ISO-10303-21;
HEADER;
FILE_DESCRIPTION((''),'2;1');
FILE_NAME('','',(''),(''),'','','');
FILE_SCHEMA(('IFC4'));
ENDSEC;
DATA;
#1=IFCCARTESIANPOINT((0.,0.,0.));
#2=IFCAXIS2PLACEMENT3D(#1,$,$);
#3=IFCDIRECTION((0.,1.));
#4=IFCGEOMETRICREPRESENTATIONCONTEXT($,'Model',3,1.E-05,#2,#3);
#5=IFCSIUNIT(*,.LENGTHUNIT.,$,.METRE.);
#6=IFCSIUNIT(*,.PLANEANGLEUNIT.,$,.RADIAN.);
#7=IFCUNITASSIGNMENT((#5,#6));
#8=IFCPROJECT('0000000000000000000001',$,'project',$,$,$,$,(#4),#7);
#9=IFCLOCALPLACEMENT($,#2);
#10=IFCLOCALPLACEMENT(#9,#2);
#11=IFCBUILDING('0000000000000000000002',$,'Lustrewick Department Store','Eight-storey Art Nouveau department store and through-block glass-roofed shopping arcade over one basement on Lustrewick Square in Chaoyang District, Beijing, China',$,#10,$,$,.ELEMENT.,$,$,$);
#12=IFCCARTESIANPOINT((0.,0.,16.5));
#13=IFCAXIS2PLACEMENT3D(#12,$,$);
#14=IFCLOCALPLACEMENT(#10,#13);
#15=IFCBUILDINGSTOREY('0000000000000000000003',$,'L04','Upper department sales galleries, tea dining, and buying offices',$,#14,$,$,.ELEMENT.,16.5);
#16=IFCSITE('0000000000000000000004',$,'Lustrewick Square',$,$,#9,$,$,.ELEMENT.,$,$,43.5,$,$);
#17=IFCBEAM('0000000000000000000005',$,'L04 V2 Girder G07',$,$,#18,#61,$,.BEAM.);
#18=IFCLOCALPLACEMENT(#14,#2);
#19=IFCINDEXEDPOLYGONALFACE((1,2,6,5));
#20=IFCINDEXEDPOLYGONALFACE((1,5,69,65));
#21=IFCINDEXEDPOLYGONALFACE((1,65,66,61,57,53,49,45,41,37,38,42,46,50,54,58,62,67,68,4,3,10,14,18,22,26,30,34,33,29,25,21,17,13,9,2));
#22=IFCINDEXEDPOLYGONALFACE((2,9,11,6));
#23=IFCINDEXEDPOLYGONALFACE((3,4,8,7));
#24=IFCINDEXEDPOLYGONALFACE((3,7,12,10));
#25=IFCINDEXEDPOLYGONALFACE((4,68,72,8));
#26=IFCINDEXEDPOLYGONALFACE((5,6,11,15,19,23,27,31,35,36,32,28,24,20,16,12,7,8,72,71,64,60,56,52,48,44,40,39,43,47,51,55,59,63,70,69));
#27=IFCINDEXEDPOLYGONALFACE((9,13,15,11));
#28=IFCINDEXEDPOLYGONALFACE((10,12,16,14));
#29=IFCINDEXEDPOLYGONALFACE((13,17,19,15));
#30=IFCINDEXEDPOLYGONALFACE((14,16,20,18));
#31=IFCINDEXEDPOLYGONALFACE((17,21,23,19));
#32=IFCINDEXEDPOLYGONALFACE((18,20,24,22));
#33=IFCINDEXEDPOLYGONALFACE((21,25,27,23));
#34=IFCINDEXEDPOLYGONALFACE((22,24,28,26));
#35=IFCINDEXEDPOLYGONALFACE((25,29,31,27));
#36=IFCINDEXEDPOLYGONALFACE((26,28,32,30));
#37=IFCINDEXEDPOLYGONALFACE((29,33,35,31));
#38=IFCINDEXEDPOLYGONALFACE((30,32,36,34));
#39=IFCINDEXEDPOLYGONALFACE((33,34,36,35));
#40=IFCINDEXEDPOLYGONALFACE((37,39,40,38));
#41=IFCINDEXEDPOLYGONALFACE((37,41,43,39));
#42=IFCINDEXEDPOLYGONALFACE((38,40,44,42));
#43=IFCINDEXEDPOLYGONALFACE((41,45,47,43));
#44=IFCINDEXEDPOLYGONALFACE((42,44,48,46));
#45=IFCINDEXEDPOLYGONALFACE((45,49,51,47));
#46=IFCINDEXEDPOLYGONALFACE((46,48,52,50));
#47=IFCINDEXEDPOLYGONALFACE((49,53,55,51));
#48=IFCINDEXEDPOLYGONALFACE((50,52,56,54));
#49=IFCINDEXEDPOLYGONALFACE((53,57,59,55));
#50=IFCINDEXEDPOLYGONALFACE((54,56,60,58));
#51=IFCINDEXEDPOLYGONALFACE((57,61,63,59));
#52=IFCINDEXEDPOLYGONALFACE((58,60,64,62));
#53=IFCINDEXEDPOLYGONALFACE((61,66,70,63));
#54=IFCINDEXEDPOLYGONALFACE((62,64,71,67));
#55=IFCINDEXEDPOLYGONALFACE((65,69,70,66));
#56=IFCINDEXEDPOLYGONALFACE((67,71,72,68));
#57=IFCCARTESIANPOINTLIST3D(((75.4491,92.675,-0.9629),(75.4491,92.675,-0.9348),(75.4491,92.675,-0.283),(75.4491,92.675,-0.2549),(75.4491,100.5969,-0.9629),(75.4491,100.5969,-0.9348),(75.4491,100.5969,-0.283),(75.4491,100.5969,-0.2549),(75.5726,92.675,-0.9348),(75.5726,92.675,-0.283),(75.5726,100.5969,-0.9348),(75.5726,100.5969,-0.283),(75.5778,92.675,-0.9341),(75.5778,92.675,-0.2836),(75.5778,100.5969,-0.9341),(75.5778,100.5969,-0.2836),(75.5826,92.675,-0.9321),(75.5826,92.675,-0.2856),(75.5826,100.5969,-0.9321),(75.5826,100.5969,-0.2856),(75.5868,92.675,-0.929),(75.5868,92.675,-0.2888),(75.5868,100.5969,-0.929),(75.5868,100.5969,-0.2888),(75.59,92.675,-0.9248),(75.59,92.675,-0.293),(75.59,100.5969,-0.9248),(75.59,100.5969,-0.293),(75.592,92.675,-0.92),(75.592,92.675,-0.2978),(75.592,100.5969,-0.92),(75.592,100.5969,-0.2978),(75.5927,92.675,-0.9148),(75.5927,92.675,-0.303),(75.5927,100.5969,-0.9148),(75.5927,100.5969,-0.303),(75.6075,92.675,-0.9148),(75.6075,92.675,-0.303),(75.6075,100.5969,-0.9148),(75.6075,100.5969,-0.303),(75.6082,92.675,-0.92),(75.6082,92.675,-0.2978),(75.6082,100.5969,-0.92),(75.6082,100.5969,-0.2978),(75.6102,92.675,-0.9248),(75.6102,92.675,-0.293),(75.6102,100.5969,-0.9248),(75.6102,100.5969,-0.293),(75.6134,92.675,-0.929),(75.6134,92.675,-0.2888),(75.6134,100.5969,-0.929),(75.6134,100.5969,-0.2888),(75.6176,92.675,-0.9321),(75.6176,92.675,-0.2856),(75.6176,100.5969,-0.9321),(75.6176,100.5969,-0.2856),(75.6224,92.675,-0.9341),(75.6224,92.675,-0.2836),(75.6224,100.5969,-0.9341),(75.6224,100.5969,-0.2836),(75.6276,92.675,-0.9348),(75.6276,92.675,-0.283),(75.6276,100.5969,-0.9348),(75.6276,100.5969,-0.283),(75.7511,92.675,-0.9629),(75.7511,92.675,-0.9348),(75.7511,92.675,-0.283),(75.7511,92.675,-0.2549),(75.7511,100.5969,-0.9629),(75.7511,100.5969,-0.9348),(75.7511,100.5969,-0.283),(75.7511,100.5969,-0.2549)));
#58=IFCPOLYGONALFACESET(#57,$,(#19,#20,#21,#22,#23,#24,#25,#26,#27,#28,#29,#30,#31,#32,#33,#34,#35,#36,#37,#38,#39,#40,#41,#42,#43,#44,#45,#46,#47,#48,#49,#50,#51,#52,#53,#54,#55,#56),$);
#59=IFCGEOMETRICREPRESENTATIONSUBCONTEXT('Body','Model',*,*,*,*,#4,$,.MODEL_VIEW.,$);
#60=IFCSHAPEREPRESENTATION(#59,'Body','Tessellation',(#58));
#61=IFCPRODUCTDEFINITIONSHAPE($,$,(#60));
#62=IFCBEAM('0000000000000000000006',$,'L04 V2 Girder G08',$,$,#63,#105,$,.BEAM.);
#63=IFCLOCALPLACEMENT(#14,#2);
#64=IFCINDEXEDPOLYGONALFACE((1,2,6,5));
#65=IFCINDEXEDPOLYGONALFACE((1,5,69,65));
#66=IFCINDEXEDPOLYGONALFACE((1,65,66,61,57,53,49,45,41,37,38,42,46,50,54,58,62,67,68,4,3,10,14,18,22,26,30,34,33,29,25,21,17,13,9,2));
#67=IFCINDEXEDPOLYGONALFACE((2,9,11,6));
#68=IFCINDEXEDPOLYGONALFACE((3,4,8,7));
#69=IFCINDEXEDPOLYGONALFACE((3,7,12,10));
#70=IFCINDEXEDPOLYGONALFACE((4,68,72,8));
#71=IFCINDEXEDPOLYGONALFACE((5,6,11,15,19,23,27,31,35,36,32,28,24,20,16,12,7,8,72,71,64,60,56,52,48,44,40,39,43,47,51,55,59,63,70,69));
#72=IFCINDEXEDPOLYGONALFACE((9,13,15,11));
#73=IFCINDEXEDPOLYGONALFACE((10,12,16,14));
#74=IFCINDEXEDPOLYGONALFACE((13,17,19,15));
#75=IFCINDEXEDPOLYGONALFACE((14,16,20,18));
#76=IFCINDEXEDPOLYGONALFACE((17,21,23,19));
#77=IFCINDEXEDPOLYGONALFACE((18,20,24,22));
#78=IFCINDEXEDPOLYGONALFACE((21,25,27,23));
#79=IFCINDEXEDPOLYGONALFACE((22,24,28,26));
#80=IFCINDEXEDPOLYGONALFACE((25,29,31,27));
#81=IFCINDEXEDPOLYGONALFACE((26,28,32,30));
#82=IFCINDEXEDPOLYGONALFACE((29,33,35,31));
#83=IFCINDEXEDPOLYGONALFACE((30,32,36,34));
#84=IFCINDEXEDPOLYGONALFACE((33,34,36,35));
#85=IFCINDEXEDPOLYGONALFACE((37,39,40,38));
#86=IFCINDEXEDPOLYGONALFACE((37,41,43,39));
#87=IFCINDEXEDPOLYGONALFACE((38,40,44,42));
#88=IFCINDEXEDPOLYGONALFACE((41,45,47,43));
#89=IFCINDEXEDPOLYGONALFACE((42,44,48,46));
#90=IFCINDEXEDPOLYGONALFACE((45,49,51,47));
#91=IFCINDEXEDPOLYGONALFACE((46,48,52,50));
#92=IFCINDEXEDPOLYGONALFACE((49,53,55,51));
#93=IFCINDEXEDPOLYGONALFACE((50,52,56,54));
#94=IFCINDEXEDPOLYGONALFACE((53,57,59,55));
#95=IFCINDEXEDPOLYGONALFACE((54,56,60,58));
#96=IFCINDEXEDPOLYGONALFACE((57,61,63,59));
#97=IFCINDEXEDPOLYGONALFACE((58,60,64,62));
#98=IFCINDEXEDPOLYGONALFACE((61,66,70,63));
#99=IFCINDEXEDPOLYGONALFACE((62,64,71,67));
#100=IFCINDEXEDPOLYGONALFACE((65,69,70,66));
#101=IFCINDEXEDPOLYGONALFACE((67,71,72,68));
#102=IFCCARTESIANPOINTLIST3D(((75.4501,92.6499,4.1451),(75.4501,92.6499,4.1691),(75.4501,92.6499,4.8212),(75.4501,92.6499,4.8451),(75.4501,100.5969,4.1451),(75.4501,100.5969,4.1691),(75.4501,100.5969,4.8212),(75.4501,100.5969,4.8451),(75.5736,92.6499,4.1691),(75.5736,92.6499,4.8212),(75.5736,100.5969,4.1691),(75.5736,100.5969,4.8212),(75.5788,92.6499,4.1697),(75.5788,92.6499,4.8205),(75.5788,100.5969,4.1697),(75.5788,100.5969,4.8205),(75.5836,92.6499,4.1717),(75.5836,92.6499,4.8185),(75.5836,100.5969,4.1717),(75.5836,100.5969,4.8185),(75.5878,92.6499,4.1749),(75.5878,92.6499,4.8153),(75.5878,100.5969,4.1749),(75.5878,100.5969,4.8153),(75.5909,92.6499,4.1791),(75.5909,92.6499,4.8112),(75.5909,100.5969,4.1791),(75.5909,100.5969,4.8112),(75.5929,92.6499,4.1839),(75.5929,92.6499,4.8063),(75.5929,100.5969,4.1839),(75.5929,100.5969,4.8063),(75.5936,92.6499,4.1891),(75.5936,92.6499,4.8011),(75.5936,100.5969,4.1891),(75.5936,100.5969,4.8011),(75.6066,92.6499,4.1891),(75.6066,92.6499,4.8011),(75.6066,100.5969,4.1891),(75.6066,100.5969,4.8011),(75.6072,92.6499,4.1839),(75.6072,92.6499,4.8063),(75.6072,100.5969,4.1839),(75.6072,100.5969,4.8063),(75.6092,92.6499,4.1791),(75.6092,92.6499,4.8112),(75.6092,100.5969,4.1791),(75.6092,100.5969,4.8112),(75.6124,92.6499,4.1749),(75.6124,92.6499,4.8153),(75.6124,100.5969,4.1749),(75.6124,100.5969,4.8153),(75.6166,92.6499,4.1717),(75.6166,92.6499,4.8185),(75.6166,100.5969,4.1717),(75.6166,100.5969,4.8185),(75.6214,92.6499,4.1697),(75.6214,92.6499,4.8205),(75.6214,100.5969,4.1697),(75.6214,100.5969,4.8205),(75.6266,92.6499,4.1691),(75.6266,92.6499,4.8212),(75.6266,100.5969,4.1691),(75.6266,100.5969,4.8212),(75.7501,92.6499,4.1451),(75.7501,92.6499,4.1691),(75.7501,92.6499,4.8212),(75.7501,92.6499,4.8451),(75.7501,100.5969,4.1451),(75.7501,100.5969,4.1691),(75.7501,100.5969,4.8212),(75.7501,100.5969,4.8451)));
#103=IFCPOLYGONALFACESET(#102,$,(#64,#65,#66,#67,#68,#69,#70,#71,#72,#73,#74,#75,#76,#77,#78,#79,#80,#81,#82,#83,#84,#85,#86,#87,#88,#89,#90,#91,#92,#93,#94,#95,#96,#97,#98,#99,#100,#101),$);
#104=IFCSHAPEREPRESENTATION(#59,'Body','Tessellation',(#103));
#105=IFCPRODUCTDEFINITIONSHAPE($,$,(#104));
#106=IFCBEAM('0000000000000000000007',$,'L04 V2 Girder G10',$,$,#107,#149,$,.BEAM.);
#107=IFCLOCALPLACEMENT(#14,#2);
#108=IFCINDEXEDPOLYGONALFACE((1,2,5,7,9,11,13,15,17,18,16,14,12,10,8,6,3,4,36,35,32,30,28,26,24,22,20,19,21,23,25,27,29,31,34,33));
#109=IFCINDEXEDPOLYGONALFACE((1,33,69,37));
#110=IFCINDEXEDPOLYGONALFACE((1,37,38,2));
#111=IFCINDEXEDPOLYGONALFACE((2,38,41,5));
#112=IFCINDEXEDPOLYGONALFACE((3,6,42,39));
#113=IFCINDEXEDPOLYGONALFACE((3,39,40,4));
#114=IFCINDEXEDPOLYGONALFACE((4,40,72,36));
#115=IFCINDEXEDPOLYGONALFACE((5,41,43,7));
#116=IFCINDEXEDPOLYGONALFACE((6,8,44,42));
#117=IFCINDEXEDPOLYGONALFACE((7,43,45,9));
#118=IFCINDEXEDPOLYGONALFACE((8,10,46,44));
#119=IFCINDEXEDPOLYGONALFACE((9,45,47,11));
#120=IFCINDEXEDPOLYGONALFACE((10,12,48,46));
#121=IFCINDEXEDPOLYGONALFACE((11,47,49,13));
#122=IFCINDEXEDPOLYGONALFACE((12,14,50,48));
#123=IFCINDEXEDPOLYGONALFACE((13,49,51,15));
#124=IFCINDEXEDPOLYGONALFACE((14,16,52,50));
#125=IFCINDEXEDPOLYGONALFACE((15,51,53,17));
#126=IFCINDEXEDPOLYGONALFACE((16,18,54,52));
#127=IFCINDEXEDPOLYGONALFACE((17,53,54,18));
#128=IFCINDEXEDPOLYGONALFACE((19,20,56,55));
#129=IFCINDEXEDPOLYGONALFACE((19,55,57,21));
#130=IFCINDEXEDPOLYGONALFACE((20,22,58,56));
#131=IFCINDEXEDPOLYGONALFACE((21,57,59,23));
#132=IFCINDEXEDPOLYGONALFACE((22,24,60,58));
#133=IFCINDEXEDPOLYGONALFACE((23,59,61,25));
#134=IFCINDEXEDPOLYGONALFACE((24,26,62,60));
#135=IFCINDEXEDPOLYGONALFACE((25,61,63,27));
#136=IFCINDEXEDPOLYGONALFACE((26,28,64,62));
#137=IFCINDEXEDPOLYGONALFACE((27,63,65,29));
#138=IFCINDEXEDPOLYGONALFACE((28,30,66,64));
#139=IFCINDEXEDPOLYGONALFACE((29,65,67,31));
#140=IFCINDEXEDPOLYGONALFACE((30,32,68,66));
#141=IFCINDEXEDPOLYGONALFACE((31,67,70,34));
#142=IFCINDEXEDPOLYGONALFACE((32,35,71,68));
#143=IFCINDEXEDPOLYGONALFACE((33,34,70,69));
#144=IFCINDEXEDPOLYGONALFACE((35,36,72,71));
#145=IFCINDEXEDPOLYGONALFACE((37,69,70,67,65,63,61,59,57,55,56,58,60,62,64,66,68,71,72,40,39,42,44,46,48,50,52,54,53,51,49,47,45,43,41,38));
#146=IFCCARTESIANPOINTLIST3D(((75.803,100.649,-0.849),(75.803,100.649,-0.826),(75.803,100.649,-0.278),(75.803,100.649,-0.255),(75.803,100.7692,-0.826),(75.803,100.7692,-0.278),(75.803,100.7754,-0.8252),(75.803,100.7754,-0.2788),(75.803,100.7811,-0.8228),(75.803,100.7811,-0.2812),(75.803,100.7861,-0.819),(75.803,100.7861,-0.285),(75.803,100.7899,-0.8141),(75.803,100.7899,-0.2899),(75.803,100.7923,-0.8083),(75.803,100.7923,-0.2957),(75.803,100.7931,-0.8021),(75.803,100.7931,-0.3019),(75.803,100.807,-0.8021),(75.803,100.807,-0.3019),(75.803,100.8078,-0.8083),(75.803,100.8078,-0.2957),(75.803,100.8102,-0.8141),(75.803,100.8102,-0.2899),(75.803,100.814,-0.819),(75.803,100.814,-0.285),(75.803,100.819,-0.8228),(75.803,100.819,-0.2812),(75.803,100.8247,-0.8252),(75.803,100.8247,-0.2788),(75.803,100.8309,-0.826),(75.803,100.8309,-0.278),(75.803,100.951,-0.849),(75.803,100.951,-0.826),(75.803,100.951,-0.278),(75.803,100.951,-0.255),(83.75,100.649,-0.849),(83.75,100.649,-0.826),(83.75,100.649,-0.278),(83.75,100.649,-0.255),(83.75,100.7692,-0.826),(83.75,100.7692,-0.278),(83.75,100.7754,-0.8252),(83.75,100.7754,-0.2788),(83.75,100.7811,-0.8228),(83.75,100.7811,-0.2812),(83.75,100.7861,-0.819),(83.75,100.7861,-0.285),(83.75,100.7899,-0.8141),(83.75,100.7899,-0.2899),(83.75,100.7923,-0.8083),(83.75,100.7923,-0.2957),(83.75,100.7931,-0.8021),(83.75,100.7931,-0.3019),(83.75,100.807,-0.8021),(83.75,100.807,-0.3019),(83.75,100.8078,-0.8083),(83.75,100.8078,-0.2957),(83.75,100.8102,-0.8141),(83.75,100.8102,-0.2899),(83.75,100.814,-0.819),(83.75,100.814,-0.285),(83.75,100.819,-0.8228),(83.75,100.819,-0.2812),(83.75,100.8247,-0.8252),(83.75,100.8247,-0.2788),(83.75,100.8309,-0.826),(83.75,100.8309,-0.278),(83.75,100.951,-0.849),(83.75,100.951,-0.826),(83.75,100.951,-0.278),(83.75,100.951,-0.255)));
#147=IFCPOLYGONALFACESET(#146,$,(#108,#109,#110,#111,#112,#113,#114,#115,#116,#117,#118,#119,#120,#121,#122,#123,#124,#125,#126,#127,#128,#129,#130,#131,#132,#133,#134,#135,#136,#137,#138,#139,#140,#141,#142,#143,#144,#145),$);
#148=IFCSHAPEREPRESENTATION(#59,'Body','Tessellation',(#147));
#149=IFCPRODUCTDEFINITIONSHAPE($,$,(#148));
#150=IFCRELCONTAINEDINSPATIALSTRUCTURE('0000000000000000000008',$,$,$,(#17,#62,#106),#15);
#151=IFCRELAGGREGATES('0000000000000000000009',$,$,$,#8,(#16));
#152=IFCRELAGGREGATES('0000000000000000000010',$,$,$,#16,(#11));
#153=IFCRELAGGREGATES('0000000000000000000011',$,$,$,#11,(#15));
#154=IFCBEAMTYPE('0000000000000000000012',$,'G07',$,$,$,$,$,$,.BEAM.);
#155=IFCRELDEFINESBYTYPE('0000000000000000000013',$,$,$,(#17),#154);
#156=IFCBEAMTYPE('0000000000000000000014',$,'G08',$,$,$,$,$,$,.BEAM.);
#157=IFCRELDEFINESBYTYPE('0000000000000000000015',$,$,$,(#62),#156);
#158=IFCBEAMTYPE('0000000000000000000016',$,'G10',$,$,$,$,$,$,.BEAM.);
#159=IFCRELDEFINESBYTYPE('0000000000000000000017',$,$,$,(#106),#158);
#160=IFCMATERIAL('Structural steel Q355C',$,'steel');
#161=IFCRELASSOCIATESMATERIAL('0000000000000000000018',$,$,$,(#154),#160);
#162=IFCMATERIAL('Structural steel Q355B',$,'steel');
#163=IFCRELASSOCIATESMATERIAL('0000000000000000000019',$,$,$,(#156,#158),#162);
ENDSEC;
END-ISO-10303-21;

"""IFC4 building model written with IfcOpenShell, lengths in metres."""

from ifc_helpers import new_model, si_unit, direction, frame, origin, origin_2d, place, context, subcontext, project, spatial, i_section, extrude, material, material_profile, profile_set, type_object, element, save


model = new_model("IFC4")

# Units and contexts
model_context = context("Model", 3, precision=1e-05, world=origin(), true_north=direction((0.0, 1.0)))
body_context = subcontext(model_context, "Body", "Model", "MODEL_VIEW")
ifc_project = project(units=[si_unit("LENGTHUNIT", "METRE"), si_unit("PLANEANGLEUNIT", "RADIAN")], contexts=[model_context])

# Site, building, storey
site_placement = place(None, origin())
site = spatial("IfcSite", under=ifc_project, at=site_placement, Name="Lustrewick Square", CompositionType="ELEMENT", RefElevation=43.5)
building_placement = place(site_placement, origin())
building = spatial("IfcBuilding", under=site, at=building_placement, Name="Lustrewick Department Store", Description="Eight-storey Art Nouveau department store and through-block glass-roofed shopping arcade over one basement on Lustrewick Square in Chaoyang District, Beijing, China", CompositionType="ELEMENT")
storey_placement = place(building_placement, frame((0.0, 0.0, 16.5)))
storey = spatial("IfcBuildingStorey", under=building, at=storey_placement, Name="L04", Description="Upper department sales galleries, tea dining, and buying offices", CompositionType="ELEMENT", Elevation=16.5)

# Shared definitions
ifc_material_1 = material(Name="Structural steel Q355B", Category="steel")
ifc_material_2 = material(Name="Structural steel Q355C", Category="steel")

# Beams
ifc_material_profile_1 = material_profile(ifc_material_2, i_section(OverallWidth=0.302, OverallDepth=0.708, WebThickness=0.0149, FlangeThickness=0.0281, FilletRadius=0.02, at=origin_2d()), Name="HN 708x302x15x28")
ifc_profile_set_1 = profile_set([ifc_material_profile_1], Name="Structural steel Q355C")
beam_type_1 = type_object("IfcBeamType", Name="G07", PredefinedType="BEAM", material=ifc_profile_set_1)
beam_1_placement = place(storey_placement, frame((75.6001, 92.675, -0.6089), z_axis=(0.0, 1.0, 0.0), x_axis=(-1.0, 0.0, 0.0)))
element("IfcBeam", 1, at=beam_1_placement, inside=storey, type_object=beam_type_1, Name="L04 V2 Girder G07", PredefinedType="BEAM", context=body_context, shape_type="SweptSolid", body=[
    extrude(i_section(OverallWidth=0.302, OverallDepth=0.708, WebThickness=0.0149, FlangeThickness=0.0281, FilletRadius=0.02, at=origin_2d()), origin(), (0.0, 0.0, 1.0), 7.9219),
])
ifc_material_profile_2 = material_profile(ifc_material_1, i_section(OverallWidth=0.3, OverallDepth=0.7, WebThickness=0.0129, FlangeThickness=0.0239, FilletRadius=0.02, at=origin_2d()), Name="HN 700x300x13x24")
ifc_profile_set_2 = profile_set([ifc_material_profile_2], Name="Structural steel Q355B")
beam_type_2 = type_object("IfcBeamType", Name="G08", PredefinedType="BEAM", material=ifc_profile_set_2)
beam_2_placement = place(storey_placement, frame((75.6001, 92.6499, 4.4951), z_axis=(0.0, 1.0, 0.0), x_axis=(-1.0, 0.0, 0.0)))
element("IfcBeam", 2, at=beam_2_placement, inside=storey, type_object=beam_type_2, Name="L04 V2 Girder G08", PredefinedType="BEAM", context=body_context, shape_type="SweptSolid", body=[
    extrude(i_section(OverallWidth=0.3, OverallDepth=0.7, WebThickness=0.0129, FlangeThickness=0.0239, FilletRadius=0.02, at=origin_2d()), origin(), (0.0, 0.0, 1.0), 7.947),
])
ifc_material_profile_3 = material_profile(ifc_material_1, i_section(OverallWidth=0.302, OverallDepth=0.594, WebThickness=0.0139, FlangeThickness=0.0229, FilletRadius=0.0239, at=origin_2d()), Name="HM 594x302x14x23")
ifc_profile_set_3 = profile_set([ifc_material_profile_3], Name="Structural steel Q355B")
beam_type_3 = type_object("IfcBeamType", Name="G10", PredefinedType="BEAM", material=ifc_profile_set_3)
beam_3_placement = place(storey_placement, frame((75.803, 100.8, -0.552), z_axis=(1.0, 0.0, 0.0), x_axis=(0.0, 1.0, 0.0)))
element("IfcBeam", 3, at=beam_3_placement, inside=storey, type_object=beam_type_3, Name="L04 V2 Girder G10", PredefinedType="BEAM", context=body_context, shape_type="SweptSolid", body=[
    extrude(i_section(OverallWidth=0.302, OverallDepth=0.594, WebThickness=0.0139, FlangeThickness=0.0229, FilletRadius=0.0239, at=origin_2d()), origin(), (0.0, 0.0, 1.0), 7.947),
])

save(model, "model.ifc")
